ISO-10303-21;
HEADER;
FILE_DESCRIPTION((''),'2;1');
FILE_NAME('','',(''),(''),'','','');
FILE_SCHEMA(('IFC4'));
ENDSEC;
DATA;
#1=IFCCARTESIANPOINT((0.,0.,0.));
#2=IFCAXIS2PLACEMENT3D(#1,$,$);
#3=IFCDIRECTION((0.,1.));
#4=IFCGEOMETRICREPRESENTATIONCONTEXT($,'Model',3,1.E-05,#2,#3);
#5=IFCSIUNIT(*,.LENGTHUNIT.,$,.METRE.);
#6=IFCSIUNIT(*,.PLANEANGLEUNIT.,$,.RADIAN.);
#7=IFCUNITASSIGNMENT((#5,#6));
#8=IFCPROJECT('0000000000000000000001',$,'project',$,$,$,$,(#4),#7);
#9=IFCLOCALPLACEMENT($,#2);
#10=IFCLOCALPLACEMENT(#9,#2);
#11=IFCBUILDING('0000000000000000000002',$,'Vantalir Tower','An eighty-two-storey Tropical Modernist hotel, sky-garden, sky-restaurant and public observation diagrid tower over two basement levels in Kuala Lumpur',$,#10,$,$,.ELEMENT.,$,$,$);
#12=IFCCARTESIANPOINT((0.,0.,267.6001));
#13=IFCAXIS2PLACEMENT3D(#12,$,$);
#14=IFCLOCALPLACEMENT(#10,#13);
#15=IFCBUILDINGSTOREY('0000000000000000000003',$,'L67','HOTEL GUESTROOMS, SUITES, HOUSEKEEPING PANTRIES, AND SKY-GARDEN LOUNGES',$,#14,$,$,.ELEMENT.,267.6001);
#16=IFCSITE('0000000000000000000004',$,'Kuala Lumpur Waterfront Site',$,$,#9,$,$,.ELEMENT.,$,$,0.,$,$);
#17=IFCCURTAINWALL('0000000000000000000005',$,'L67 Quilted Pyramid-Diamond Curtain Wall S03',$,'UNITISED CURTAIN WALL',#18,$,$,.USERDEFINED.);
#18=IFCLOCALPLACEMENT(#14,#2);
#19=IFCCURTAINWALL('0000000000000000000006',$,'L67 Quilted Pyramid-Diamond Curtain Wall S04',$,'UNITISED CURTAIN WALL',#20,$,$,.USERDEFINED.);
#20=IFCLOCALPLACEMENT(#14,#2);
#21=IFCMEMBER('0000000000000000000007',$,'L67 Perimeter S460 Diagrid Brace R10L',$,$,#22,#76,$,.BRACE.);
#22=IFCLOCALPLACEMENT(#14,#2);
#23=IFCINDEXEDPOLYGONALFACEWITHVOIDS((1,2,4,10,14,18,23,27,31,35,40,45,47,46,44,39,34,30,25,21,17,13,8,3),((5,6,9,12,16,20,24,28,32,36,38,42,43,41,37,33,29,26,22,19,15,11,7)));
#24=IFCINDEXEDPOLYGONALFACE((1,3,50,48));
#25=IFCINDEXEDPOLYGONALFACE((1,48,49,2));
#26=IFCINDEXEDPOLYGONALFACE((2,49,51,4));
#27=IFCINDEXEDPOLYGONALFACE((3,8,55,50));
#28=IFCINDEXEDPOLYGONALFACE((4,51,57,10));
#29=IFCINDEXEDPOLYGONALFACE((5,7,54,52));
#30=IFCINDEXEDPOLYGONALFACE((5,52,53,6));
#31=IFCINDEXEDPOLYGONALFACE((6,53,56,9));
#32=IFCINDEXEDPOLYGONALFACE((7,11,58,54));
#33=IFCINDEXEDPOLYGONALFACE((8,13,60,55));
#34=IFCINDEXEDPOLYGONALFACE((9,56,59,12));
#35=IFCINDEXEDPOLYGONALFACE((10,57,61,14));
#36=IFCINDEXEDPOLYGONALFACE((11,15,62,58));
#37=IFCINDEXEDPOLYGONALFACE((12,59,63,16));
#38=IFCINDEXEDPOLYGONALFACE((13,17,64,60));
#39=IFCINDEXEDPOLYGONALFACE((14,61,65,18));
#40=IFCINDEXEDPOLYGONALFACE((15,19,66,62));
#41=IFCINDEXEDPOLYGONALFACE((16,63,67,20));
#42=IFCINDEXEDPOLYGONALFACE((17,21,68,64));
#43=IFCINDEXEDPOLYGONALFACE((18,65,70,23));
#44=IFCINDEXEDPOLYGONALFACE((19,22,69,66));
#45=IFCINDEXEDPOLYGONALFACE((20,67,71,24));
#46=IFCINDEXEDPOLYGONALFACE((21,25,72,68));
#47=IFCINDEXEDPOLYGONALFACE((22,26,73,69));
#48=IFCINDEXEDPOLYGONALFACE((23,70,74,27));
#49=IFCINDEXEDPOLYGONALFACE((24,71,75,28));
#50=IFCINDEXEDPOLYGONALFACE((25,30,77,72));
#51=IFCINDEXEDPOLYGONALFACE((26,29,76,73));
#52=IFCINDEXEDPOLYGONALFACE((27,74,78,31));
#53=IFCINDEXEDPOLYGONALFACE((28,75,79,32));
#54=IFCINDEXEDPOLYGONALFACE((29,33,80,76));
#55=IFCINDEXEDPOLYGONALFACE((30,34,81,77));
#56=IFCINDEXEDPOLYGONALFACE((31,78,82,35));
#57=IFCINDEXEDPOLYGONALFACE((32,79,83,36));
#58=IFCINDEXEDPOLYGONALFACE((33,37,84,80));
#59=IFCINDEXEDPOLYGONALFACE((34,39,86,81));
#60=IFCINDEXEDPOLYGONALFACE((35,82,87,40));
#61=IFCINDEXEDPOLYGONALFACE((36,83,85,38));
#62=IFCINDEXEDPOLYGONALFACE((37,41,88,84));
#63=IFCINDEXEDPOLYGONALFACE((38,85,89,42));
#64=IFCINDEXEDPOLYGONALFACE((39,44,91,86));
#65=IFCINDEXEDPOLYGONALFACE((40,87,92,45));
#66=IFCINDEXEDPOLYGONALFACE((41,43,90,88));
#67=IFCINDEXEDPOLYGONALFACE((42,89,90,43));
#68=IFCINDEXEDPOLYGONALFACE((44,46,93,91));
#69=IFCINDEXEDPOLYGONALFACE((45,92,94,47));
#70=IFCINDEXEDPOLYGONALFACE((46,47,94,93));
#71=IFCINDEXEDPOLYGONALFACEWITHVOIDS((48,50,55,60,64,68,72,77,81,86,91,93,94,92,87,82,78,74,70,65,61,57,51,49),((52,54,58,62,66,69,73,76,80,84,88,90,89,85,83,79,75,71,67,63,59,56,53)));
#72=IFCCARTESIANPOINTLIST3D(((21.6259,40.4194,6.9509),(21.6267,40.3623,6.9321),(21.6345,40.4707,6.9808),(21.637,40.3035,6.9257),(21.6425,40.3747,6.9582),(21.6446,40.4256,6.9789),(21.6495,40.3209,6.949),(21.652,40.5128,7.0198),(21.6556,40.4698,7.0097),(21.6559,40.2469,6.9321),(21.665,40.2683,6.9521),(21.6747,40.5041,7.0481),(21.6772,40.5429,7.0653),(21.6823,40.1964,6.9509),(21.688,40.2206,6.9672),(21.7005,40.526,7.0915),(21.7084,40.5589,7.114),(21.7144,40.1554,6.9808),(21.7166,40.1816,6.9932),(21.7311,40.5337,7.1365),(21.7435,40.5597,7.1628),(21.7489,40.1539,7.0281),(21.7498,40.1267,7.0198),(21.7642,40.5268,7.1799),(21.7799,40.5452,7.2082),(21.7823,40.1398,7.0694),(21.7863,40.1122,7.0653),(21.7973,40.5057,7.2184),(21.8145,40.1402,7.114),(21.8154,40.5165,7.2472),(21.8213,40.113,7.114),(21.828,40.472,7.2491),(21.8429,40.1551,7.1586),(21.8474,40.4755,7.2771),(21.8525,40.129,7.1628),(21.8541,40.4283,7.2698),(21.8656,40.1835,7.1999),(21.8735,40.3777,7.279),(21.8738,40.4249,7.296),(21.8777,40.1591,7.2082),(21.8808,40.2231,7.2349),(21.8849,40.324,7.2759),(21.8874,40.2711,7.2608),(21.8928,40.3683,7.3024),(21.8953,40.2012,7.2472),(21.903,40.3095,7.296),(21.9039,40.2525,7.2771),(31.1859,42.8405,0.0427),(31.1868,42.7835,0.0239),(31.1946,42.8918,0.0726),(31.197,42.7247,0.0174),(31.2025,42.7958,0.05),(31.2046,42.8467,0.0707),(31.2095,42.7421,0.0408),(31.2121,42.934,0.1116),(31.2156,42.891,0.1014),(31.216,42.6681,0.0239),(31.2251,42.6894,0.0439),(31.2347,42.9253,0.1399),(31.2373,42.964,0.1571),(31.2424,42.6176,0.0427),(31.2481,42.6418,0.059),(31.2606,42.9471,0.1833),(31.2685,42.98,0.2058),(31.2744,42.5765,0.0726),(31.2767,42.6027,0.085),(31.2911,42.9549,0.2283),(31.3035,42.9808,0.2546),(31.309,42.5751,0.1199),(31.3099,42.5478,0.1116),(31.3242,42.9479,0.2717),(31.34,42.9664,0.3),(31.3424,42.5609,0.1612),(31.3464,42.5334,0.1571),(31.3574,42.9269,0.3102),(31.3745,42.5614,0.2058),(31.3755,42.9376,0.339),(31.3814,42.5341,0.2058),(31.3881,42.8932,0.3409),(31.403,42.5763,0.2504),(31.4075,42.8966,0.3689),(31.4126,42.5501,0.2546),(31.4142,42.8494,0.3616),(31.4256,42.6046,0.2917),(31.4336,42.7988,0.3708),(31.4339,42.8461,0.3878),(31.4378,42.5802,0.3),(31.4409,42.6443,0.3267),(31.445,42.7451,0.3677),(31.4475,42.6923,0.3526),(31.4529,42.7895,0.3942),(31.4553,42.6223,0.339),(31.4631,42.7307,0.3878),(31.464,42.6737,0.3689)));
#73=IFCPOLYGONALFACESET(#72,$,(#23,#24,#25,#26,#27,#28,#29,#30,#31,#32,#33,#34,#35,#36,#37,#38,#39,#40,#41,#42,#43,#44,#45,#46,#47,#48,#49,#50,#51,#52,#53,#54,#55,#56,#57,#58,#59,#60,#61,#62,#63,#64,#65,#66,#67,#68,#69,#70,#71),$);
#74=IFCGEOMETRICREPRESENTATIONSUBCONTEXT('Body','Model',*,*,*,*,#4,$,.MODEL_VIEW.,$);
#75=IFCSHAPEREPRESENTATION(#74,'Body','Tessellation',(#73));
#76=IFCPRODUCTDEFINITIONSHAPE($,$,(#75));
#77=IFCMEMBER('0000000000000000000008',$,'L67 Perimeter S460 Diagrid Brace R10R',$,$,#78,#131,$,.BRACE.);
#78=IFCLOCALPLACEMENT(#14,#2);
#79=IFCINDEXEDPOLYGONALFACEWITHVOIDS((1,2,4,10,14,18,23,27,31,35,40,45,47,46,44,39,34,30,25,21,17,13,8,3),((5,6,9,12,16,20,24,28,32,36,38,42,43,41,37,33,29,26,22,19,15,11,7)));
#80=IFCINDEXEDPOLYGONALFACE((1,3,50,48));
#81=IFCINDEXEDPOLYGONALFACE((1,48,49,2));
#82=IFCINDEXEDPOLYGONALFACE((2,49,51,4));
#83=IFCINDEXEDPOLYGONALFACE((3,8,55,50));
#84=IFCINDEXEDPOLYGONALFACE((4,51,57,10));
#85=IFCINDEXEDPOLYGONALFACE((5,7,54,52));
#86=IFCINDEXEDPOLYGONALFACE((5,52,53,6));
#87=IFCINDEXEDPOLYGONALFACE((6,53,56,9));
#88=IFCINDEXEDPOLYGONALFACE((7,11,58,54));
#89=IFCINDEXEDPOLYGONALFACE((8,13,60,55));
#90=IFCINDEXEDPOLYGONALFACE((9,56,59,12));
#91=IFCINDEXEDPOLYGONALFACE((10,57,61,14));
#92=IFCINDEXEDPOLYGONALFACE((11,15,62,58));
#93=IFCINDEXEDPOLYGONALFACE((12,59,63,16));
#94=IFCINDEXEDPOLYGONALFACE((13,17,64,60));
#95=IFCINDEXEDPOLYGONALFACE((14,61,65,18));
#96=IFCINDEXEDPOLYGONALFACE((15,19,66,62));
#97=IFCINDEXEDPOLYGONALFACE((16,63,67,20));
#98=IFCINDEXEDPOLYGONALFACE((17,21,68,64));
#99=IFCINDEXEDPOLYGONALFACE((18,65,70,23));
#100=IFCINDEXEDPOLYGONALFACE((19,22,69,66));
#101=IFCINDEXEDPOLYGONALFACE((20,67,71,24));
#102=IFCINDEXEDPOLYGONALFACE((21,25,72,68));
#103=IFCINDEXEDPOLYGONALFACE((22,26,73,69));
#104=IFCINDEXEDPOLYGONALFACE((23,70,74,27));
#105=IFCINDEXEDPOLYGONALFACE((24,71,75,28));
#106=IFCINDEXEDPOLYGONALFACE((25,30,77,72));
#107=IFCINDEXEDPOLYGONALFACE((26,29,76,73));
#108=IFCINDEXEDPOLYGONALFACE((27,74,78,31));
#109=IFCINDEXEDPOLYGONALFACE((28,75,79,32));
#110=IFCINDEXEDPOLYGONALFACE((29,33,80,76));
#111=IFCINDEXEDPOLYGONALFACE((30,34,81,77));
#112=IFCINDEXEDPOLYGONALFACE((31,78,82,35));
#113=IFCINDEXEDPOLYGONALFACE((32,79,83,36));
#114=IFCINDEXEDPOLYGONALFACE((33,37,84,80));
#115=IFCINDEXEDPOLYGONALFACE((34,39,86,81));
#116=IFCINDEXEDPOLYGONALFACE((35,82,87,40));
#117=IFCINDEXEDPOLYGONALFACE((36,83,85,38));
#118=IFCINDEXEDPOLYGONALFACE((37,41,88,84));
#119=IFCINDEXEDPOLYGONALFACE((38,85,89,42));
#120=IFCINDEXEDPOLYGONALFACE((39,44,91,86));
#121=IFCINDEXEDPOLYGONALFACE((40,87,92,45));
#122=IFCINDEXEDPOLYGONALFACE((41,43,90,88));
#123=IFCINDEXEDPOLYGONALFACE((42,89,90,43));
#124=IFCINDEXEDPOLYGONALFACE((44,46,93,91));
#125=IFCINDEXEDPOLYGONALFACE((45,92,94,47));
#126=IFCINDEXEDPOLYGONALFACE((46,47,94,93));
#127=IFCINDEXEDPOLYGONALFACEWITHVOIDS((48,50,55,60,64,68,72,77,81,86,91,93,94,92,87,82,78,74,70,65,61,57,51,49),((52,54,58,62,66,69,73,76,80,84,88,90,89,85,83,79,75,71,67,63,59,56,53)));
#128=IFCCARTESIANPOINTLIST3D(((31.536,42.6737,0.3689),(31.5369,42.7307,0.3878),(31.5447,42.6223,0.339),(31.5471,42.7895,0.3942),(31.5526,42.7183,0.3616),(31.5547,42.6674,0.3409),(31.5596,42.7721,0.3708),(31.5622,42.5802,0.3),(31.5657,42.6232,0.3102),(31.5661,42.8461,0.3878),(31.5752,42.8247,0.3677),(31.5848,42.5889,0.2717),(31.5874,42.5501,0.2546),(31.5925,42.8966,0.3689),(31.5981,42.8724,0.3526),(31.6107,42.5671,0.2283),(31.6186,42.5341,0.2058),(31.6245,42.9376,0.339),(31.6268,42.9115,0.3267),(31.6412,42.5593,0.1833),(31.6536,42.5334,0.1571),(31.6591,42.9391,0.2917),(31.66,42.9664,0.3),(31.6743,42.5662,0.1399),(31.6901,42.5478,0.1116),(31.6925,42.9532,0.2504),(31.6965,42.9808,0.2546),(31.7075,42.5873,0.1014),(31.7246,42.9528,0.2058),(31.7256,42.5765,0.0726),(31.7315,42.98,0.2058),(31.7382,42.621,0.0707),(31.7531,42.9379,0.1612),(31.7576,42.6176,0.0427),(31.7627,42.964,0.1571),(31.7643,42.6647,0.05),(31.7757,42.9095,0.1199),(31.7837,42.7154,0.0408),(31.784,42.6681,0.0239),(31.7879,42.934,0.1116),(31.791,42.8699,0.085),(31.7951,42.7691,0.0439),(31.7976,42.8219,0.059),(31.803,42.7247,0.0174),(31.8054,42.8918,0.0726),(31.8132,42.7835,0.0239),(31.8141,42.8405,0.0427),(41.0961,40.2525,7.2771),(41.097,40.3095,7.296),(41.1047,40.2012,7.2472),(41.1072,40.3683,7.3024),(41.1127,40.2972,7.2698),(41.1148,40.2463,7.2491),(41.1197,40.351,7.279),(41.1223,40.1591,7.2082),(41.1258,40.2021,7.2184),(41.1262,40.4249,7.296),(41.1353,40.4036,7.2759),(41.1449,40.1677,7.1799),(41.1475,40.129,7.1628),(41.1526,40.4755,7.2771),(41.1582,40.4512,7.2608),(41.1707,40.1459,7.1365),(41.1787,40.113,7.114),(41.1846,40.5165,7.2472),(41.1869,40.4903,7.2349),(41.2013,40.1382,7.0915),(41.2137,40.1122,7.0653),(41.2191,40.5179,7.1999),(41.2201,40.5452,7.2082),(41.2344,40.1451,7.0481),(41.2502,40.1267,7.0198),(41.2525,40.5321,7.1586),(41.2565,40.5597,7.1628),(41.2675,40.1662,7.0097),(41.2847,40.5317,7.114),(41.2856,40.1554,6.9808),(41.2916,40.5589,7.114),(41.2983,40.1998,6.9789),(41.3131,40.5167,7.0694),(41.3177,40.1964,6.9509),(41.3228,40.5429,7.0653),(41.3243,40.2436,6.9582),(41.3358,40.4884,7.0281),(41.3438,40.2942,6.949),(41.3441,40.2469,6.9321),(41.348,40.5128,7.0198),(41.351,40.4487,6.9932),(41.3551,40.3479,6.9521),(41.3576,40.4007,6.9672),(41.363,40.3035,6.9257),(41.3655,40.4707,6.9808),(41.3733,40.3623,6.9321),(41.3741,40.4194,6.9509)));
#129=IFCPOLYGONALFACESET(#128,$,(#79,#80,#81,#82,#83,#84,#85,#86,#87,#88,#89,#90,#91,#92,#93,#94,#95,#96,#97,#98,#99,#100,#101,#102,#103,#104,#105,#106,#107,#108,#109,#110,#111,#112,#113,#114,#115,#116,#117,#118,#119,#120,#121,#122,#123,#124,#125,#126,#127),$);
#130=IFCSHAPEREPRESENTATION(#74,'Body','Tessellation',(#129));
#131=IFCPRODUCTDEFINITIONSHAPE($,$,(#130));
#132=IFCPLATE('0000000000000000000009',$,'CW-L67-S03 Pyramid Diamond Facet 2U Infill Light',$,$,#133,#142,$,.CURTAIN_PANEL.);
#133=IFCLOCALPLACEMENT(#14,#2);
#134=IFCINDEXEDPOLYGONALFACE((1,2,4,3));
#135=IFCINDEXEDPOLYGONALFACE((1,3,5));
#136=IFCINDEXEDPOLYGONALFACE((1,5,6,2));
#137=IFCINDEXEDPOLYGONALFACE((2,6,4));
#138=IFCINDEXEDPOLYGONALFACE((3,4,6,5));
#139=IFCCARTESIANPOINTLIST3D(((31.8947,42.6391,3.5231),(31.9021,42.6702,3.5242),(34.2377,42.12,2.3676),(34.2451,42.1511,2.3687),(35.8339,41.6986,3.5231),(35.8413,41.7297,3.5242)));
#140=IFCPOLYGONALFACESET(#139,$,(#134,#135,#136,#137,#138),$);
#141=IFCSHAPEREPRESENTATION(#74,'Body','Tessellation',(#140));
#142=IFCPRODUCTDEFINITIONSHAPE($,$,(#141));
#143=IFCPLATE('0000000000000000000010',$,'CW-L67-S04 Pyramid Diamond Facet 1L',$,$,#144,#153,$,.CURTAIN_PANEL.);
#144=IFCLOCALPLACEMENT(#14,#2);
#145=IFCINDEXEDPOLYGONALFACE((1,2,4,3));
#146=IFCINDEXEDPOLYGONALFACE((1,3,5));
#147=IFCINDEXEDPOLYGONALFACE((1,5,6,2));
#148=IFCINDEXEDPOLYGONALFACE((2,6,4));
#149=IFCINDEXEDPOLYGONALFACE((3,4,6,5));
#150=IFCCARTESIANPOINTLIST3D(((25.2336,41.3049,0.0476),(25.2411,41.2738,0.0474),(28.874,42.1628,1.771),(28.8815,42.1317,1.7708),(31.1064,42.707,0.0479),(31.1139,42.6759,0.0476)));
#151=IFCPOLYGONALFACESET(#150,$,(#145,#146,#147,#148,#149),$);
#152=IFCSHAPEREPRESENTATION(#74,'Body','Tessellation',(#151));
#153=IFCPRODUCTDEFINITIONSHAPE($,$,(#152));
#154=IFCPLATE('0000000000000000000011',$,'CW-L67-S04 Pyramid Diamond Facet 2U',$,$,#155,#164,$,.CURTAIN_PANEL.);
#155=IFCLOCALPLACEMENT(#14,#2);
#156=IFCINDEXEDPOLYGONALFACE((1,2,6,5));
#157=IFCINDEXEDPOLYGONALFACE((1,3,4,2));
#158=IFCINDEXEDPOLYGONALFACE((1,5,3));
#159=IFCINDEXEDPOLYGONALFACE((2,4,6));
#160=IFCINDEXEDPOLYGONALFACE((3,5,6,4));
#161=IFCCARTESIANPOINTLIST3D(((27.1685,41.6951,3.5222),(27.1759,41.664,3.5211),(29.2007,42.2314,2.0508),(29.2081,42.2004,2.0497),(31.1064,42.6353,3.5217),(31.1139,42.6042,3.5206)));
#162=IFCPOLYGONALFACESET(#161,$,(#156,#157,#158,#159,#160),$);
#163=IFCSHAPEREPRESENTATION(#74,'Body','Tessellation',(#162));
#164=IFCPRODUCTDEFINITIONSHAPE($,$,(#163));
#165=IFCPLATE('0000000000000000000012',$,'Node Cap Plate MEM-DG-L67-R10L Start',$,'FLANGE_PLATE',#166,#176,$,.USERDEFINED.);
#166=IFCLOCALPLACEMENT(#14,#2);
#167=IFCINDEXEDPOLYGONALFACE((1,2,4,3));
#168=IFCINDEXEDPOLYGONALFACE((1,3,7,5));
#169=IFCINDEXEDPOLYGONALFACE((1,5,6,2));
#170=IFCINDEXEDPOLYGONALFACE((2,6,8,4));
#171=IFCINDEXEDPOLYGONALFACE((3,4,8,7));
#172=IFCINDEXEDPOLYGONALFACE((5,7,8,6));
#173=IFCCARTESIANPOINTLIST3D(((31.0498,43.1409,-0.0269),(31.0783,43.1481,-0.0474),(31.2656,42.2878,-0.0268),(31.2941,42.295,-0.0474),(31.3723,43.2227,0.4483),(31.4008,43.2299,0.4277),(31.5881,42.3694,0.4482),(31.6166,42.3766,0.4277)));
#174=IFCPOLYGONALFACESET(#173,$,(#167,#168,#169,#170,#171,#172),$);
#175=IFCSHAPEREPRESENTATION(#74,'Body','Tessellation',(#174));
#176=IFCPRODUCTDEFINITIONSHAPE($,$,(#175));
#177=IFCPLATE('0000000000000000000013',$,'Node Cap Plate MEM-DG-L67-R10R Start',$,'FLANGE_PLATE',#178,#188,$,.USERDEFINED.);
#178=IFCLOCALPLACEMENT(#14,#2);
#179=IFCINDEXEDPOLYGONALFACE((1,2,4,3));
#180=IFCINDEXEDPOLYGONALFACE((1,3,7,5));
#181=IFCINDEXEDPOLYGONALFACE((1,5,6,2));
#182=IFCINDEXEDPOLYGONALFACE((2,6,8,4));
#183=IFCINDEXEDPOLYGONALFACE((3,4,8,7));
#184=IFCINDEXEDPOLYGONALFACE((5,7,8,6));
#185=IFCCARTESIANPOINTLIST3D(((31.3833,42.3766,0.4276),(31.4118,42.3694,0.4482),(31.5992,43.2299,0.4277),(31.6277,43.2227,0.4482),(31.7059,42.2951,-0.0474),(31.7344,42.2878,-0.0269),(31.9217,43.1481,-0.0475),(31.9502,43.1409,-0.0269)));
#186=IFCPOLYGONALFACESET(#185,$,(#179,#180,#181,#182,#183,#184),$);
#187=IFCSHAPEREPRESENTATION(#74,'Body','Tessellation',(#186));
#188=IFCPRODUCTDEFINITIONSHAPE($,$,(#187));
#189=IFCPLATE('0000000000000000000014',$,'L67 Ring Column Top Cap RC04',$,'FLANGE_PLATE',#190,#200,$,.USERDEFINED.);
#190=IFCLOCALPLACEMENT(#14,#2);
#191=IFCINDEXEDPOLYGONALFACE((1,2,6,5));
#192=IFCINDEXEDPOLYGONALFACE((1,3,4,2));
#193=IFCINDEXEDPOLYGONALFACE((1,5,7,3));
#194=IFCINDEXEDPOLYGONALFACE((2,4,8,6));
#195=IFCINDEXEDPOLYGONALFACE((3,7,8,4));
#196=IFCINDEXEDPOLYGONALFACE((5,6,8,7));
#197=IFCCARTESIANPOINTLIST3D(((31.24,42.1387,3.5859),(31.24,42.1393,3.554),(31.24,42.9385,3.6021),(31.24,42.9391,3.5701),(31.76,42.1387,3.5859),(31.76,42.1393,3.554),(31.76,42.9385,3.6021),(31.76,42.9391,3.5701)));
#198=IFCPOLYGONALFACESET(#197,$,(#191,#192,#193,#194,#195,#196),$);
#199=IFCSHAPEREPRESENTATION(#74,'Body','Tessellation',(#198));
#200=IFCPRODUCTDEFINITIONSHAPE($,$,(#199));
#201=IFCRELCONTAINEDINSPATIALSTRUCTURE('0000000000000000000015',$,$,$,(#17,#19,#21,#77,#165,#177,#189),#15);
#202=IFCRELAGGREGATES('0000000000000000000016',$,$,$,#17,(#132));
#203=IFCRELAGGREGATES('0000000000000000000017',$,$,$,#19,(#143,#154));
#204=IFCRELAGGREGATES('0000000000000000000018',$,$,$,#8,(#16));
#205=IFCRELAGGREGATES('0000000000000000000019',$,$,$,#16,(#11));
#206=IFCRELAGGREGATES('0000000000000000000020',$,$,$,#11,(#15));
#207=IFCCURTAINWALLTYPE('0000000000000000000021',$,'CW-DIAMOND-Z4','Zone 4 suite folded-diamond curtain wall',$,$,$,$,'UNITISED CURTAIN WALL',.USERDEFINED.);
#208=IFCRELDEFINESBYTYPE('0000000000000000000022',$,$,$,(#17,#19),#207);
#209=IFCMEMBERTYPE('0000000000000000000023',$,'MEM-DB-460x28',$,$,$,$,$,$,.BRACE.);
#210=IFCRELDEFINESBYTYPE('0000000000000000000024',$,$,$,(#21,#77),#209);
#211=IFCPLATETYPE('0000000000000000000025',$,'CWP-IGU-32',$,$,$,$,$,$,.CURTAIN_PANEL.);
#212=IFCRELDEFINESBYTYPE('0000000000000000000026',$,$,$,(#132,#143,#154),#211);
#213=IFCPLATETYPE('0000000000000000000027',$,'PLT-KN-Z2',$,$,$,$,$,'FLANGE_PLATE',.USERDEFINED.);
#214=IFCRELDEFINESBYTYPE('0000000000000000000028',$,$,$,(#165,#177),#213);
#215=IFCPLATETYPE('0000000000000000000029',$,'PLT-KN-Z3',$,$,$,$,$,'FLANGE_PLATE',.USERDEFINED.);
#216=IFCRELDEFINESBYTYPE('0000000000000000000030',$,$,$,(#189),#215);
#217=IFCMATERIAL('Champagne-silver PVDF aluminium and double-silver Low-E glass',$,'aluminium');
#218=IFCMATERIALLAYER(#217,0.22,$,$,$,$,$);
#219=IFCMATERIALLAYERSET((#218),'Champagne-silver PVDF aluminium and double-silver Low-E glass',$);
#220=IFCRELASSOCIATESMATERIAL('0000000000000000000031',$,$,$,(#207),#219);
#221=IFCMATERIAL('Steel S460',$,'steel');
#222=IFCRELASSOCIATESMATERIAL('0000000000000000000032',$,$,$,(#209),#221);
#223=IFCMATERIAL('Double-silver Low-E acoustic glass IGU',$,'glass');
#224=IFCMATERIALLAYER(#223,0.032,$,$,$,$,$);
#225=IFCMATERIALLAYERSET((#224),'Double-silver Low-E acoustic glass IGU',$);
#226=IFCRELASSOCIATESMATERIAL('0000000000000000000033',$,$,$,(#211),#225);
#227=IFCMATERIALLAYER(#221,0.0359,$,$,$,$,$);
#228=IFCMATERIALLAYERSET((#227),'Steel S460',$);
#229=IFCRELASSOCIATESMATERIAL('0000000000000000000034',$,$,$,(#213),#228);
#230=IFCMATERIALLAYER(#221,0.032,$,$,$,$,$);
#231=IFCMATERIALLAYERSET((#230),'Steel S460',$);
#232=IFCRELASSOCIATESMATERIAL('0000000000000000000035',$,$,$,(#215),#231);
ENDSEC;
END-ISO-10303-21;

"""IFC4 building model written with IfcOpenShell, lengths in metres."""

from ifc_helpers import new_model, si_unit, direction, frame, origin, origin_2d, place, context, subcontext, project, spatial, polyline, hollow_circle, outline, extrude, material, layer, layer_set, material_profile, profile_set, type_object, element, aggregate, save


model = new_model("IFC4")

# Units and contexts
model_context = context("Model", 3, precision=1e-05, world=origin(), true_north=direction((0.0, 1.0)))
body_context = subcontext(model_context, "Body", "Model", "MODEL_VIEW")
ifc_project = project(units=[si_unit("LENGTHUNIT", "METRE"), si_unit("PLANEANGLEUNIT", "RADIAN")], contexts=[model_context])

# Site, building, storey
site_placement = place(None, origin())
site = spatial("IfcSite", under=ifc_project, at=site_placement, Name="Kuala Lumpur Waterfront Site", CompositionType="ELEMENT", RefElevation=0.0)
building_placement = place(site_placement, origin())
building = spatial("IfcBuilding", under=site, at=building_placement, Name="Vantalir Tower", Description="An eighty-two-storey Tropical Modernist hotel, sky-garden, sky-restaurant and public observation diagrid tower over two basement levels in Kuala Lumpur", CompositionType="ELEMENT")
storey_placement = place(building_placement, frame((0.0, 0.0, 267.6001)))
storey = spatial("IfcBuildingStorey", under=building, at=storey_placement, Name="L67", Description="HOTEL GUESTROOMS, SUITES, HOUSEKEEPING PANTRIES, AND SKY-GARDEN LOUNGES", CompositionType="ELEMENT", Elevation=267.6001)

# Shared definitions
ifc_material_1 = material(Name="Steel S460", Category="steel")

# Curtain wall
ifc_material_2 = material(Name="Champagne-silver PVDF aluminium and double-silver Low-E glass", Category="aluminium")
ifc_layer_1 = layer(ifc_material_2, 0.22)
ifc_layer_set_1 = layer_set([ifc_layer_1], Name="Champagne-silver PVDF aluminium and double-silver Low-E glass")
curtain_wall_type = type_object("IfcCurtainWallType", Name="CW-DIAMOND-Z4", Description="Zone 4 suite folded-diamond curtain wall", ElementType="UNITISED CURTAIN WALL", PredefinedType="USERDEFINED", material=ifc_layer_set_1)
curtain_wall_1_placement = place(storey_placement, origin())
curtain_wall_1 = element("IfcCurtainWall", 1, at=curtain_wall_1_placement, inside=storey, type_object=curtain_wall_type, Name="L67 Quilted Pyramid-Diamond Curtain Wall S03", ObjectType="UNITISED CURTAIN WALL", PredefinedType="USERDEFINED")

# Curtain wall
curtain_wall_2_placement = place(storey_placement, origin())
curtain_wall_2 = element("IfcCurtainWall", 2, at=curtain_wall_2_placement, inside=storey, type_object=curtain_wall_type, Name="L67 Quilted Pyramid-Diamond Curtain Wall S04", ObjectType="UNITISED CURTAIN WALL", PredefinedType="USERDEFINED")

# Members
ifc_material_profile_1 = material_profile(ifc_material_1, hollow_circle(Radius=0.23, WallThickness=0.0281, at=origin_2d()), Name="Steel S460")
ifc_profile_set_1 = profile_set([ifc_material_profile_1], Name="Steel S460")
member_type_1 = type_object("IfcMemberType", Name="MEM-DB-460x28", PredefinedType="BRACE", material=ifc_profile_set_1)
for number, where, z_axis, x_axis, name in (
    (3, (31.325, 42.7571, 0.2058), (-0.793975, -0.201079, 0.573735), (0.245505, -0.969395, 0.0), "L67 Perimeter S460 Diagrid Brace R10L"),
    (4, (31.675, 42.7571, 0.2058), (0.793975, -0.201079, 0.573735), (0.245505, 0.969395, 0.0), "L67 Perimeter S460 Diagrid Brace R10R"),
):
    element("IfcMember", number, at=place(storey_placement, frame(where, z_axis=z_axis, x_axis=x_axis)), inside=storey, type_object=member_type_1, Name=name, PredefinedType="BRACE", context=body_context, shape_type="SweptSolid", body=[
        extrude(hollow_circle(Radius=0.23, WallThickness=0.0281, at=origin_2d()), origin(), (0.0, 0.0, 1.0), 12.0408),
    ])

# Plates
ifc_material_3 = material(Name="Double-silver Low-E acoustic glass IGU", Category="glass")
ifc_layer_2 = layer(ifc_material_3, 0.032)
ifc_layer_set_2 = layer_set([ifc_layer_2], Name="Double-silver Low-E acoustic glass IGU")
plate_type_1 = type_object("IfcPlateType", Name="CWP-IGU-32", PredefinedType="CURTAIN_PANEL", material=ifc_layer_set_2)
plate_1_placement = place(storey_placement, frame((35.8413, 41.7297, 3.5242), z_axis=(0.232076, 0.972106, 0.033919), x_axis=(-0.972666, 0.23221, 0.0)))
plate_1 = element("IfcPlate", 5, at=plate_1_placement, type_object=plate_type_1, Name="CW-L67-S03 Pyramid Diamond Facet 2U Infill Light", PredefinedType="CURTAIN_PANEL", context=body_context, shape_type="SweptSolid", body=[
    extrude(outline(polyline([(0.0, 0.0), (4.0499, 0.0), (1.6504, -1.1562), (0.0, 0.0)])), origin(), (0.0, 0.0, -1.0), 0.032),
])
aggregate(curtain_wall_1, [plate_1])
plate_2_placement = place(storey_placement, frame((31.1064, 42.707, 0.0479), z_axis=(-0.232214, 0.972644, 0.006328), x_axis=(-0.972664, -0.232218, -0.00004)))
plate_2 = element("IfcPlate", 6, at=plate_2_placement, type_object=plate_type_1, Name="CW-L67-S04 Pyramid Diamond Facet 1L", PredefinedType="CURTAIN_PANEL", context=body_context, shape_type="SweptSolid", body=[
    extrude(outline(polyline([(0.0, 0.0), (6.0379, 0.0), (2.2977, 1.7233), (0.0, 0.0)])), origin(), (0.0, 0.0, -1.0), 0.032),
])
plate_3_placement = place(storey_placement, frame((31.1064, 42.6353, 3.5217), z_axis=(-0.232084, 0.972107, 0.033823), x_axis=(-0.972663, -0.232221, 0.000121)))
plate_3 = element("IfcPlate", 7, at=plate_3_placement, type_object=plate_type_1, Name="CW-L67-S04 Pyramid Diamond Facet 2U", PredefinedType="CURTAIN_PANEL", context=body_context, shape_type="SweptSolid", body=[
    extrude(outline(polyline([(0.0, 0.0), (4.0487, 0.0), (1.9473, -1.472), (0.0, 0.0)])), origin(), (0.0, 0.0, -1.0), 0.032),
])
aggregate(curtain_wall_2, [plate_2, plate_3])

# Plates
ifc_layer_3 = layer(ifc_material_1, 0.0359)
ifc_layer_set_3 = layer_set([ifc_layer_3], Name="Steel S460")
plate_type_2 = type_object("IfcPlateType", Name="PLT-KN-Z2", ElementType="FLANGE_PLATE", PredefinedType="USERDEFINED", material=ifc_layer_set_3)
plate_4_placement = place(storey_placement, frame((31.0498, 43.1409, -0.0269), z_axis=(-0.794119, -0.200888, 0.573602), x_axis=(0.245255, -0.969459, 0.000016)))
element("IfcPlate", 8, at=plate_4_placement, inside=storey, type_object=plate_type_2, Name="Node Cap Plate MEM-DG-L67-R10L Start", ObjectType="FLANGE_PLATE", PredefinedType="USERDEFINED", context=body_context, shape_type="SweptSolid", body=[
    extrude(outline(polyline([(0.0, 0.0), (0.8799, 0.0), (0.88, 0.58), (-0.0002, 0.58), (0.0, 0.0)])), origin(), (0.0, 0.0, -1.0), 0.0359),
])
plate_5_placement = place(storey_placement, frame((31.7344, 42.2878, -0.0269), z_axis=(0.794119, -0.200888, 0.573602), x_axis=(0.245255, 0.969459, -0.000016)))
element("IfcPlate", 9, at=plate_5_placement, inside=storey, type_object=plate_type_2, Name="Node Cap Plate MEM-DG-L67-R10R Start", ObjectType="FLANGE_PLATE", PredefinedType="USERDEFINED", context=body_context, shape_type="SweptSolid", body=[
    extrude(outline(polyline([(0.0, 0.0), (0.8799, 0.0), (0.8801, 0.58), (-0.0001, 0.58), (0.0, 0.0)])), origin(), (0.0, 0.0, -1.0), 0.0359),
])
ifc_layer_4 = layer(ifc_material_1, 0.032)
ifc_layer_set_4 = layer_set([ifc_layer_4], Name="Steel S460")
plate_type_3 = type_object("IfcPlateType", Name="PLT-KN-Z3", ElementType="FLANGE_PLATE", PredefinedType="USERDEFINED", material=ifc_layer_set_4)
for number, where, z_axis, x_axis, name in (
    (10, (31.24, 42.9385, 3.6021), (0.0, -0.020142, 0.999797), (0.0, -0.999797, -0.020142), "L67 Ring Column Top Cap RC04"),
):
    element("IfcPlate", number, at=place(storey_placement, frame(where, z_axis=z_axis, x_axis=x_axis)), inside=storey, type_object=plate_type_3, Name=name, ObjectType="FLANGE_PLATE", PredefinedType="USERDEFINED", context=body_context, shape_type="SweptSolid", body=[
        extrude(outline(polyline([(0.0, 0.0), (0.8, 0.0), (0.8, 0.52), (0.0, 0.52), (0.0, 0.0)])), origin(), (0.0, 0.0, -1.0), 0.032),
    ])

save(model, "model.ifc")
